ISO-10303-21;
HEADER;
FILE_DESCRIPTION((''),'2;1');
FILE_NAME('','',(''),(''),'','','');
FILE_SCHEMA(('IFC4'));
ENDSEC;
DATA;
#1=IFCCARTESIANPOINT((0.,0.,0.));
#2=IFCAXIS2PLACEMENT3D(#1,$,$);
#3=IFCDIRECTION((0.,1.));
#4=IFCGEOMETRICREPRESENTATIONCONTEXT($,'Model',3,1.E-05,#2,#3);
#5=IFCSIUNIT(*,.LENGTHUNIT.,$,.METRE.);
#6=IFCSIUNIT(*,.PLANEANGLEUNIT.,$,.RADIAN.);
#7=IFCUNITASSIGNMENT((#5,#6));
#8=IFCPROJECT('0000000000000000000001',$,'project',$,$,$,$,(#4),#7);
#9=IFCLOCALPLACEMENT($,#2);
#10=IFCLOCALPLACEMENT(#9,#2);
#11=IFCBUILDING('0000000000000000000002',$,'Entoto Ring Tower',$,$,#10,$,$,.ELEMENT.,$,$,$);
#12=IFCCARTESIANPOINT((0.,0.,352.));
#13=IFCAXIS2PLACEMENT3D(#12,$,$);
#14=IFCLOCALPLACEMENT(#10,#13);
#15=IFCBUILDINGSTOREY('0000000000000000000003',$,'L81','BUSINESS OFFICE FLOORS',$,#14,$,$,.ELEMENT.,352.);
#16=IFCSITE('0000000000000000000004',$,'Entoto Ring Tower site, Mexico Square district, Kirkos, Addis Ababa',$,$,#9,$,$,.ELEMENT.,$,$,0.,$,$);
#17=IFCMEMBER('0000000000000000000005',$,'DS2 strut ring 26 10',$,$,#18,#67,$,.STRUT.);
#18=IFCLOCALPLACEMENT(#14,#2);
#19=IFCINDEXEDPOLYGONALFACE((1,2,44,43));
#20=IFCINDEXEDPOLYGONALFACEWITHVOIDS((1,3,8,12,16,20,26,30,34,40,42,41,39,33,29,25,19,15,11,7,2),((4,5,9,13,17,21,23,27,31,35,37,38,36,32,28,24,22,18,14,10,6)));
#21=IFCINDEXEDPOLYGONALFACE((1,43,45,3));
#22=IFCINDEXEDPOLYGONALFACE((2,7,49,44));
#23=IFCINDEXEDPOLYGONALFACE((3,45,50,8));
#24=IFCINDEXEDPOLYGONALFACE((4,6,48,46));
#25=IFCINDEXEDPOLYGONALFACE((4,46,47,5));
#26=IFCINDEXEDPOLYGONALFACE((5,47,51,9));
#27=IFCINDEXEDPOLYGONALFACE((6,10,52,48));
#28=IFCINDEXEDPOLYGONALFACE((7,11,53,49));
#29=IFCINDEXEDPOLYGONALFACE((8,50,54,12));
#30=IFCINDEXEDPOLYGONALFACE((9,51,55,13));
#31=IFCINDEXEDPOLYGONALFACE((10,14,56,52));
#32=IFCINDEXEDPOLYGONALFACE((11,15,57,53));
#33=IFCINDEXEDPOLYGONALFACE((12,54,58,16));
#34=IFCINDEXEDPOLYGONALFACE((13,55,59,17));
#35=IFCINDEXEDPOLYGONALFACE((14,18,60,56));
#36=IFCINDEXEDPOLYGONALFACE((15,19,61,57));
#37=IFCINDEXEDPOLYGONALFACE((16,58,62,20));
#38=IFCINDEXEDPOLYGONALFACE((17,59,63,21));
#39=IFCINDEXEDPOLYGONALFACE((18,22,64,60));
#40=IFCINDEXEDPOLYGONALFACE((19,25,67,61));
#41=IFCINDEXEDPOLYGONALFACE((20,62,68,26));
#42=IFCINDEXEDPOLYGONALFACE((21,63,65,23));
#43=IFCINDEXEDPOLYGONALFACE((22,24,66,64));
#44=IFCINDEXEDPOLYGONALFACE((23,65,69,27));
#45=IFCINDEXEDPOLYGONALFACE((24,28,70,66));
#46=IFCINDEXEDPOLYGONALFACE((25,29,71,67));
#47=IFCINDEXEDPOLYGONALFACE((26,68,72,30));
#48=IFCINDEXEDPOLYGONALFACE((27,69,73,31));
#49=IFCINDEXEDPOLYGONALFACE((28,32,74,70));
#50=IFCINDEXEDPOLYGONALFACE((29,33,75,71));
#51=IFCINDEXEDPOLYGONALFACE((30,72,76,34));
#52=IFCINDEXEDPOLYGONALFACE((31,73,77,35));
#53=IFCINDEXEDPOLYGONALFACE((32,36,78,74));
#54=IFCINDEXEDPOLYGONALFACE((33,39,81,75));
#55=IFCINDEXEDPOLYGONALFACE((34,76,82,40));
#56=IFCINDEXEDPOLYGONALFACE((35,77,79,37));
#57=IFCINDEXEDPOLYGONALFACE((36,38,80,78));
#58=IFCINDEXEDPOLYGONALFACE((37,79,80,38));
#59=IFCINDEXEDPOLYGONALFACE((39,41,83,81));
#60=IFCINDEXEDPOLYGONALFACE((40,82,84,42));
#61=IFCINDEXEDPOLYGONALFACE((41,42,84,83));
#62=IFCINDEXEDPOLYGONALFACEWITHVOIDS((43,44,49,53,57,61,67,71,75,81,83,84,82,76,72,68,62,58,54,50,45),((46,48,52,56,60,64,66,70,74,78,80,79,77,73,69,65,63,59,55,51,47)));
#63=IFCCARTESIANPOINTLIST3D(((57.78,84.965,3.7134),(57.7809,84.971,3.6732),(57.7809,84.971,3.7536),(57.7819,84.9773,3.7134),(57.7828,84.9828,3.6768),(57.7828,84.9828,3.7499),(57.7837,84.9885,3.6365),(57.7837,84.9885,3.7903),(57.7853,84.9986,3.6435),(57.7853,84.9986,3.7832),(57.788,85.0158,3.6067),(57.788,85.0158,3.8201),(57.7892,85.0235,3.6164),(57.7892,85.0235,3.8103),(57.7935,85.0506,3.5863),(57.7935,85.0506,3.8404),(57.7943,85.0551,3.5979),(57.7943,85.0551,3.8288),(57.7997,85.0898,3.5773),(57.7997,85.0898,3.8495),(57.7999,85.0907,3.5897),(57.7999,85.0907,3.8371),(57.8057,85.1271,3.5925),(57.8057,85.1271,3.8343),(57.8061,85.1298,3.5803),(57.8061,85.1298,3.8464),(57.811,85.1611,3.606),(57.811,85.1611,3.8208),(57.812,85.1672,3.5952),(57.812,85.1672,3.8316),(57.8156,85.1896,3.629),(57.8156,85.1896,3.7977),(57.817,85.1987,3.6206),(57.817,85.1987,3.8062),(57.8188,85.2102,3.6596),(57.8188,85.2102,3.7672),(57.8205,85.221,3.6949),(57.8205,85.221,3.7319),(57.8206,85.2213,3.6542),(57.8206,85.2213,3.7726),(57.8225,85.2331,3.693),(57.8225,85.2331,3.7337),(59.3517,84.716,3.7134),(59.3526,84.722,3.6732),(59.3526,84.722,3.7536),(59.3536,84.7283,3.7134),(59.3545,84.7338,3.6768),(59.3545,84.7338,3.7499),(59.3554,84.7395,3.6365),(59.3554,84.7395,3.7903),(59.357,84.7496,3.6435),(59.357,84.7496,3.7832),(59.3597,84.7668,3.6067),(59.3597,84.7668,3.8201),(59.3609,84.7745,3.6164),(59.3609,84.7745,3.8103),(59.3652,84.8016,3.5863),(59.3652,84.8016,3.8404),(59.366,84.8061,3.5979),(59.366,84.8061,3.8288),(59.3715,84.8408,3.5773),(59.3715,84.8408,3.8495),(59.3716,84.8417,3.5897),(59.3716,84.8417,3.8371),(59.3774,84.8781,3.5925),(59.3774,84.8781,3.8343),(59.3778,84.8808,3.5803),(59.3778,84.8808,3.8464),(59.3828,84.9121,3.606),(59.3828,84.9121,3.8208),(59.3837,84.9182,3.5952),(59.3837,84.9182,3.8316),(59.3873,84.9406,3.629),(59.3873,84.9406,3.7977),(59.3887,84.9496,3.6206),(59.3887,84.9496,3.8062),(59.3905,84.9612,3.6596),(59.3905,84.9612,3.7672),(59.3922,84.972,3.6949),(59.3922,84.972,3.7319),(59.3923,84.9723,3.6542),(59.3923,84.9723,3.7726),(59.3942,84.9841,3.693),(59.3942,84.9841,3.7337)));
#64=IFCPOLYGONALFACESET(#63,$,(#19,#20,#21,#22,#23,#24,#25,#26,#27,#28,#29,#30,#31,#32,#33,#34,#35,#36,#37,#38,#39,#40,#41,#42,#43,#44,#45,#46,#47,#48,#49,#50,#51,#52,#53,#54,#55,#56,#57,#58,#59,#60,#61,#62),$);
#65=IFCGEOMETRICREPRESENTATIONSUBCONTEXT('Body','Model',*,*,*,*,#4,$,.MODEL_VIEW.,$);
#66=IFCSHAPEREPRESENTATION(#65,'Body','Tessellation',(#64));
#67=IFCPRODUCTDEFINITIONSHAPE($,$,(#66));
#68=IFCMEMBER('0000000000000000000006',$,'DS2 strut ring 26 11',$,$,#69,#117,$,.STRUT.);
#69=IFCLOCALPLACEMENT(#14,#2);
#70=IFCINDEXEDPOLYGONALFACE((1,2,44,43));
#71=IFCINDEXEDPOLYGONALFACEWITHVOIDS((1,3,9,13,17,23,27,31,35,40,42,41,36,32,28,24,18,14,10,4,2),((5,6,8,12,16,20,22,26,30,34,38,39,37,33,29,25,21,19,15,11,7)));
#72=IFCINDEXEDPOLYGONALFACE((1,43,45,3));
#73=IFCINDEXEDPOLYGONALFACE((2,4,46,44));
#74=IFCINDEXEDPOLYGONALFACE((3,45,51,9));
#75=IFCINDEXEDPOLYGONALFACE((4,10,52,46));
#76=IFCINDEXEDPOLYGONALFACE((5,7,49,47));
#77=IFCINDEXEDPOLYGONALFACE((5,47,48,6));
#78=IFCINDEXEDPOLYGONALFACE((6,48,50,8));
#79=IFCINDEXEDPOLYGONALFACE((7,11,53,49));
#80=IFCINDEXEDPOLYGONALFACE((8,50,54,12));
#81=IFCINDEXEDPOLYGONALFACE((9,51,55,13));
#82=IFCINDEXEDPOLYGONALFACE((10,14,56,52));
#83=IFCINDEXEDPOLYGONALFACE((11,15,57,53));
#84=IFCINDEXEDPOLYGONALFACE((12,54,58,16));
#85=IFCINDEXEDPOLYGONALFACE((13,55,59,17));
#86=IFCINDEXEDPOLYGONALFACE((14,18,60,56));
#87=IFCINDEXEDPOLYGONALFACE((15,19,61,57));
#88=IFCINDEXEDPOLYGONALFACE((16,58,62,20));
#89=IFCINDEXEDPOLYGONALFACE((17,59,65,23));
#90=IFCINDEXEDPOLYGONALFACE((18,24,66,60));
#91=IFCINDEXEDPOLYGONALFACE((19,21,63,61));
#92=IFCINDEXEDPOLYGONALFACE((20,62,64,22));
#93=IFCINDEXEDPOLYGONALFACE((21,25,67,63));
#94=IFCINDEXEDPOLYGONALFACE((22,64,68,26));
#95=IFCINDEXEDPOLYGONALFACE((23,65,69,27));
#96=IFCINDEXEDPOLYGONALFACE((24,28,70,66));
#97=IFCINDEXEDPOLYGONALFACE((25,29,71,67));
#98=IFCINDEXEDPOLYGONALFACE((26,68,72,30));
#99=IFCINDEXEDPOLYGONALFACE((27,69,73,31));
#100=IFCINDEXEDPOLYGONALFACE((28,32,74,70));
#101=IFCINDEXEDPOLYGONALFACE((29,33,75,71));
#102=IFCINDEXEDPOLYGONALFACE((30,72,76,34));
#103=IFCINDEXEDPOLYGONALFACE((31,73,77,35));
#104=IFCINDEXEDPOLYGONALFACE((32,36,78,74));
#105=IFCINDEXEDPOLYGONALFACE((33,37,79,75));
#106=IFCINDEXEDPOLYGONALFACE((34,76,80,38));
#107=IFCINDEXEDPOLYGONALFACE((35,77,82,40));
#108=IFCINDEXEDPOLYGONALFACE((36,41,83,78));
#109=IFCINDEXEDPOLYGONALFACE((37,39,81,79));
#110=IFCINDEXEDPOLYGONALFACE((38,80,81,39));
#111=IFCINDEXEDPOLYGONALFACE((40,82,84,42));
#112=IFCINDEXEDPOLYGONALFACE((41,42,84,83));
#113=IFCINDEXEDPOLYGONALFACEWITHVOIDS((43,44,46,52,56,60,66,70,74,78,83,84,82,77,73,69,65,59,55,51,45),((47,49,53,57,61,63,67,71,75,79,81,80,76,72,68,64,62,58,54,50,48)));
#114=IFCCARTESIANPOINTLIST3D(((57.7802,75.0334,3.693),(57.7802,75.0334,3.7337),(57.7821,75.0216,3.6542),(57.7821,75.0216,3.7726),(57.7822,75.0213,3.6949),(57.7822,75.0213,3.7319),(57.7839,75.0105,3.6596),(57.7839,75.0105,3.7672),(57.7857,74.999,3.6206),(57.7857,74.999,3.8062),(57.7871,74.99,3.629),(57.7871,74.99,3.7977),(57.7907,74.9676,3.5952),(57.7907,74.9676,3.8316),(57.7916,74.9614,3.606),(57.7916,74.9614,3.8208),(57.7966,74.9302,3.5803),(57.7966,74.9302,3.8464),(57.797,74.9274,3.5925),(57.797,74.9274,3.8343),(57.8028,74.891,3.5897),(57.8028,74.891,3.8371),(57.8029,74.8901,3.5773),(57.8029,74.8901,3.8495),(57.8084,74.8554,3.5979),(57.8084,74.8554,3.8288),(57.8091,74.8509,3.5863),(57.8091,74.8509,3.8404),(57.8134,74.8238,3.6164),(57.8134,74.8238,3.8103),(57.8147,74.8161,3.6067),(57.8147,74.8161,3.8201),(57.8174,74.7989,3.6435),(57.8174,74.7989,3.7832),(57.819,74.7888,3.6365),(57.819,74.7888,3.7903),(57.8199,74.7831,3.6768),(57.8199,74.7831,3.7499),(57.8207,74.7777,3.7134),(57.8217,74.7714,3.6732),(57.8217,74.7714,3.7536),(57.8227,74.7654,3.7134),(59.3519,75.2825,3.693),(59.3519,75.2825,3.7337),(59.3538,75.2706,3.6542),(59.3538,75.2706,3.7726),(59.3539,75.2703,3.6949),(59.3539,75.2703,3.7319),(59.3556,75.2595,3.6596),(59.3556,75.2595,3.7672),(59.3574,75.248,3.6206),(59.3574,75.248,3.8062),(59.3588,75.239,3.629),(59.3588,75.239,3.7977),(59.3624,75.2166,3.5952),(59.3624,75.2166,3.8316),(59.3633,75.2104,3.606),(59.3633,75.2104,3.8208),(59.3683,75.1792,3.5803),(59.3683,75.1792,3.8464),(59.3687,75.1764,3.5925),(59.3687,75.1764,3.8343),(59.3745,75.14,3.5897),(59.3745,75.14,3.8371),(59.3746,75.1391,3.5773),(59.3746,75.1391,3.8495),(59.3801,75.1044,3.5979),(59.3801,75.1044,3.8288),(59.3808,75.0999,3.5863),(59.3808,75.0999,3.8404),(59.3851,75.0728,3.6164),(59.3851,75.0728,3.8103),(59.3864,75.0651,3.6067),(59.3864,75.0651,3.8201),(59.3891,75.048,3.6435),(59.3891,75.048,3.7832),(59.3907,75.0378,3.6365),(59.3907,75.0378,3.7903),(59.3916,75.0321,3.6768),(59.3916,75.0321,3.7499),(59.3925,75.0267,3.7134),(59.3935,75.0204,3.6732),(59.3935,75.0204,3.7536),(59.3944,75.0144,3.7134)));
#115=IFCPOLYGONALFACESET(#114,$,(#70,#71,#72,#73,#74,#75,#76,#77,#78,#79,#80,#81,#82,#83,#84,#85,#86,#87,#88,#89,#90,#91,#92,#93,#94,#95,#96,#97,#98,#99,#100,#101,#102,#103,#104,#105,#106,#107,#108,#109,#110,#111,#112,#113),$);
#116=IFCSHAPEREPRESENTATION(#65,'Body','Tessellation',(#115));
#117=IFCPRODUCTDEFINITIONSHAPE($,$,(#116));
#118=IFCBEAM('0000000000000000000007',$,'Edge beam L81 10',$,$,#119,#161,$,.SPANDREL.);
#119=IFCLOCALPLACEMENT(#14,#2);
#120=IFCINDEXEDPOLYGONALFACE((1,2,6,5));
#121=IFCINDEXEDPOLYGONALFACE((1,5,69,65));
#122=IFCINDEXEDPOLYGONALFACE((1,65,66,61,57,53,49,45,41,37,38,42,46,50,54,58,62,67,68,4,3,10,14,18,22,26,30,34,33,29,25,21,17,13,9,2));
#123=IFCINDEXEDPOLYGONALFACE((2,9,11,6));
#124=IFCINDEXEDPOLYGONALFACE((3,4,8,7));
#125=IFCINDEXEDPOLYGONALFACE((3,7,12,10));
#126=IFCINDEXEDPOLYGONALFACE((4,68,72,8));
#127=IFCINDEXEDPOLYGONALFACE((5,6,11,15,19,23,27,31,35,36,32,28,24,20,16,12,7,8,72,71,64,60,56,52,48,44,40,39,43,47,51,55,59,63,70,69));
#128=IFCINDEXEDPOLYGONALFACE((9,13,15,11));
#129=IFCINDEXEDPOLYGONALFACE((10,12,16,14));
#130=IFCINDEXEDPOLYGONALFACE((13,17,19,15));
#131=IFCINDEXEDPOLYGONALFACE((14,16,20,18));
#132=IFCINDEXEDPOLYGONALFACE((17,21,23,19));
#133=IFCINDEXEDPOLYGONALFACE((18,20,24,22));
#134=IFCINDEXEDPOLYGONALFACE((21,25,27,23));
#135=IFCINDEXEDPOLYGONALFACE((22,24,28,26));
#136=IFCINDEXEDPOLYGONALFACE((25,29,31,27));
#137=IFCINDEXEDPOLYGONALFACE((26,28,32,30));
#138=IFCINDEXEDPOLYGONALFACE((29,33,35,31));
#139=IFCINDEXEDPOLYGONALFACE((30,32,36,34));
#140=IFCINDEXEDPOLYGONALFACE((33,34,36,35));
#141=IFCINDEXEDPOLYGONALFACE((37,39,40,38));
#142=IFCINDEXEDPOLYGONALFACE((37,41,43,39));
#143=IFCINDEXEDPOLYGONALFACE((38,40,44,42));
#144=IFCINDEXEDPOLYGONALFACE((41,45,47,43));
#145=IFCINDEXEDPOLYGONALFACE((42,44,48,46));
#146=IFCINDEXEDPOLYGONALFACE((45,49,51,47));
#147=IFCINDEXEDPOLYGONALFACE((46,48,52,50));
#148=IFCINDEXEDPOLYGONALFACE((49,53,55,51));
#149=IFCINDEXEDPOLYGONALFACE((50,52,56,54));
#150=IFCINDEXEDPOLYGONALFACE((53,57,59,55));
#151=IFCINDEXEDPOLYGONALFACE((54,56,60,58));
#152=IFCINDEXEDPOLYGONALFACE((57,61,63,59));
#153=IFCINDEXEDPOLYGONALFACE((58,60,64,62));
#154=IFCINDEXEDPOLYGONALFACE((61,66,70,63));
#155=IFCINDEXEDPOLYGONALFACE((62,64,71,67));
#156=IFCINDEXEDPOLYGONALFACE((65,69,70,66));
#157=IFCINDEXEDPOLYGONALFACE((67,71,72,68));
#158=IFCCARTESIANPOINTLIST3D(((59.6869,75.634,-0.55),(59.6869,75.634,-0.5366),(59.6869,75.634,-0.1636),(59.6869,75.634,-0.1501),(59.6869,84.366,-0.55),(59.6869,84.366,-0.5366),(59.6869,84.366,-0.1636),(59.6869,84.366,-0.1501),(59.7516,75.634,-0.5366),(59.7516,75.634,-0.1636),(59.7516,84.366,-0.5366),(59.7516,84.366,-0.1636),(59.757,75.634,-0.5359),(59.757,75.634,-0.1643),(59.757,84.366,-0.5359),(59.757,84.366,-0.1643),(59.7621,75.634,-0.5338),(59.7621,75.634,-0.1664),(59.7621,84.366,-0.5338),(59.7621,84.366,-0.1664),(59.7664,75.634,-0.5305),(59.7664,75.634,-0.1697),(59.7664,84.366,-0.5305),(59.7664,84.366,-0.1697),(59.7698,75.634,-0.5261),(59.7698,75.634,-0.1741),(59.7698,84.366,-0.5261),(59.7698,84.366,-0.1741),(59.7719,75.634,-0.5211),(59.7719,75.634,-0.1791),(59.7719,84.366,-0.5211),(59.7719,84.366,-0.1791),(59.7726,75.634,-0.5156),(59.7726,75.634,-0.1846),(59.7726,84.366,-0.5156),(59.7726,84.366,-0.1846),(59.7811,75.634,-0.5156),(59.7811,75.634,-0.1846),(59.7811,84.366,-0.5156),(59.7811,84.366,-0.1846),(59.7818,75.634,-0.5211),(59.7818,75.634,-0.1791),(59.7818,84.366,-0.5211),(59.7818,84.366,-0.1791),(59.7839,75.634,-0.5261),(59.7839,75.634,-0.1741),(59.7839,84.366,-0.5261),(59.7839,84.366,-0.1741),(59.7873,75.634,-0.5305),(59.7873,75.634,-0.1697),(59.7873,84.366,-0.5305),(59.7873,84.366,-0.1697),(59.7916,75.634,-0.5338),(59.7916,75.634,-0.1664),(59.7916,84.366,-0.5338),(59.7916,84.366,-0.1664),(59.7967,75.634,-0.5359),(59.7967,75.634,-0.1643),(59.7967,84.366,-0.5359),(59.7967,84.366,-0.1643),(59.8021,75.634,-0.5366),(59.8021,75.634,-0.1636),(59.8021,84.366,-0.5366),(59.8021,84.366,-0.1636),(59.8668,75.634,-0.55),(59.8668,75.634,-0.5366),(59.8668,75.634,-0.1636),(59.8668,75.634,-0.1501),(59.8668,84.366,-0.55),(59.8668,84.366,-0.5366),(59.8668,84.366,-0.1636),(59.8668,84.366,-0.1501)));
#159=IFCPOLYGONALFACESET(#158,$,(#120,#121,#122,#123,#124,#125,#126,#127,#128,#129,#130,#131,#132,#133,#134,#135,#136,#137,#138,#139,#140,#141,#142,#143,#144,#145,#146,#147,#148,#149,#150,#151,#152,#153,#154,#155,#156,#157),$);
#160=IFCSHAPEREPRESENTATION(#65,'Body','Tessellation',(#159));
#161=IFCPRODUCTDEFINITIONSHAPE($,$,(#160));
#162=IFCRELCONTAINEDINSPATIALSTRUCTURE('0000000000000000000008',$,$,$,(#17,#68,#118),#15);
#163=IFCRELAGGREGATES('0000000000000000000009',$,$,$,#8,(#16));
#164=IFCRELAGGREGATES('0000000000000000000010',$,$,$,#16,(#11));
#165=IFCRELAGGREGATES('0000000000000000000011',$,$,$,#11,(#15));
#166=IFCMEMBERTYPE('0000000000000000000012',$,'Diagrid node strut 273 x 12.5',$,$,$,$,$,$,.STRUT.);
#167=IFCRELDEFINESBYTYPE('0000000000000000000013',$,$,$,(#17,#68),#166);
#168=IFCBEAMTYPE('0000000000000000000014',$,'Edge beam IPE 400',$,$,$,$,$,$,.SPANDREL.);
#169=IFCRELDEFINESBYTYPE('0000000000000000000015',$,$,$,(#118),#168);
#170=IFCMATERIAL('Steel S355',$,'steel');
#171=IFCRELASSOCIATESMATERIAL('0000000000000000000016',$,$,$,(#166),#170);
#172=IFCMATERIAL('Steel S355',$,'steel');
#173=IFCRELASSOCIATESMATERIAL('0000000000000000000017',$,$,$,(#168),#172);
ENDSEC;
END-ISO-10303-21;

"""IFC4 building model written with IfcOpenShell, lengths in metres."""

from ifc_helpers import new_model, si_unit, direction, frame, origin, origin_2d, place, context, subcontext, project, spatial, circle, hollow_circle, i_section, extrude, material, material_profile, profile_set, type_object, element, save


model = new_model("IFC4")

# Units and contexts
model_context = context("Model", 3, precision=1e-05, world=origin(), true_north=direction((0.0, 1.0)))
body_context = subcontext(model_context, "Body", "Model", "MODEL_VIEW")
ifc_project = project(units=[si_unit("LENGTHUNIT", "METRE"), si_unit("PLANEANGLEUNIT", "RADIAN")], contexts=[model_context])

# Site, building, storey
site_placement = place(None, origin())
site = spatial("IfcSite", under=ifc_project, at=site_placement, Name="Entoto Ring Tower site, Mexico Square district, Kirkos, Addis Ababa", CompositionType="ELEMENT", RefElevation=0.0)
building_placement = place(site_placement, origin())
building = spatial("IfcBuilding", under=site, at=building_placement, Name="Entoto Ring Tower", CompositionType="ELEMENT")
storey_placement = place(building_placement, frame((0.0, 0.0, 352.0)))
storey = spatial("IfcBuildingStorey", under=building, at=storey_placement, Name="L81", Description="BUSINESS OFFICE FLOORS", CompositionType="ELEMENT", Elevation=352.0)

# Members
ifc_material_1 = material(Name="Steel S355", Category="steel")
ifc_material_profile_1 = material_profile(ifc_material_1, hollow_circle(Radius=0.1365, WallThickness=0.0125, at=origin_2d()), Name="CHS 273 x 12.5")
ifc_material_2 = material(Name="Concrete C60/75", Category="concrete")
ifc_material_profile_2 = material_profile(ifc_material_2, circle(Radius=0.124, at=origin_2d()), Name="Concrete C60/75 infill")
ifc_profile_set_1 = profile_set([ifc_material_profile_1, ifc_material_profile_2], Name="Steel S355")
member_type = type_object("IfcMemberType", Name="Diagrid node strut 273 x 12.5", PredefinedType="STRUT", material=ifc_profile_set_1)
for number, where, z_axis, x_axis, name in (
    (1, (59.373, 84.8508, 3.7134), (-0.987681, 0.156483, 0.0), (-0.156483, -0.987681, 0.0), "DS2 strut ring 26 10"),
    (2, (59.373, 75.1492, 3.7134), (-0.987681, -0.156483, 0.0), (0.156483, -0.987681, 0.0), "DS2 strut ring 26 11"),
):
    element("IfcMember", number, at=place(storey_placement, frame(where, z_axis=z_axis, x_axis=x_axis)), inside=storey, type_object=member_type, Name=name, PredefinedType="STRUT", context=body_context, shape_type="SweptSolid", body=[
        extrude(hollow_circle(Radius=0.1365, WallThickness=0.0125, at=origin_2d()), origin(), (0.0, 0.0, 1.0), 1.5913),
    ])

# Beam
ifc_material_3 = material(Name="Steel S355", Category="steel")
ifc_material_profile_3 = material_profile(ifc_material_3, i_section(OverallWidth=0.1799, OverallDepth=0.3999, WebThickness=0.0085, FlangeThickness=0.0134, FilletRadius=0.021, at=origin_2d()), Name="IPE 400")
ifc_profile_set_2 = profile_set([ifc_material_profile_3], Name="Steel S355")
beam_type_1 = type_object("IfcBeamType", Name="Edge beam IPE 400", PredefinedType="SPANDREL", material=ifc_profile_set_2)
beam_1_placement = place(storey_placement, frame((59.7769, 84.366, -0.3501), z_axis=(0.0, -1.0, 0.0), x_axis=(1.0, 0.0, 0.0)))
element("IfcBeam", 3, at=beam_1_placement, inside=storey, type_object=beam_type_1, Name="Edge beam L81 10", PredefinedType="SPANDREL", context=body_context, shape_type="SweptSolid", body=[
    extrude(i_section(OverallWidth=0.1799, OverallDepth=0.3999, WebThickness=0.0085, FlangeThickness=0.0134, FilletRadius=0.021, at=origin_2d()), origin(), (0.0, 0.0, 1.0), 8.7319),
])

save(model, "model.ifc")
